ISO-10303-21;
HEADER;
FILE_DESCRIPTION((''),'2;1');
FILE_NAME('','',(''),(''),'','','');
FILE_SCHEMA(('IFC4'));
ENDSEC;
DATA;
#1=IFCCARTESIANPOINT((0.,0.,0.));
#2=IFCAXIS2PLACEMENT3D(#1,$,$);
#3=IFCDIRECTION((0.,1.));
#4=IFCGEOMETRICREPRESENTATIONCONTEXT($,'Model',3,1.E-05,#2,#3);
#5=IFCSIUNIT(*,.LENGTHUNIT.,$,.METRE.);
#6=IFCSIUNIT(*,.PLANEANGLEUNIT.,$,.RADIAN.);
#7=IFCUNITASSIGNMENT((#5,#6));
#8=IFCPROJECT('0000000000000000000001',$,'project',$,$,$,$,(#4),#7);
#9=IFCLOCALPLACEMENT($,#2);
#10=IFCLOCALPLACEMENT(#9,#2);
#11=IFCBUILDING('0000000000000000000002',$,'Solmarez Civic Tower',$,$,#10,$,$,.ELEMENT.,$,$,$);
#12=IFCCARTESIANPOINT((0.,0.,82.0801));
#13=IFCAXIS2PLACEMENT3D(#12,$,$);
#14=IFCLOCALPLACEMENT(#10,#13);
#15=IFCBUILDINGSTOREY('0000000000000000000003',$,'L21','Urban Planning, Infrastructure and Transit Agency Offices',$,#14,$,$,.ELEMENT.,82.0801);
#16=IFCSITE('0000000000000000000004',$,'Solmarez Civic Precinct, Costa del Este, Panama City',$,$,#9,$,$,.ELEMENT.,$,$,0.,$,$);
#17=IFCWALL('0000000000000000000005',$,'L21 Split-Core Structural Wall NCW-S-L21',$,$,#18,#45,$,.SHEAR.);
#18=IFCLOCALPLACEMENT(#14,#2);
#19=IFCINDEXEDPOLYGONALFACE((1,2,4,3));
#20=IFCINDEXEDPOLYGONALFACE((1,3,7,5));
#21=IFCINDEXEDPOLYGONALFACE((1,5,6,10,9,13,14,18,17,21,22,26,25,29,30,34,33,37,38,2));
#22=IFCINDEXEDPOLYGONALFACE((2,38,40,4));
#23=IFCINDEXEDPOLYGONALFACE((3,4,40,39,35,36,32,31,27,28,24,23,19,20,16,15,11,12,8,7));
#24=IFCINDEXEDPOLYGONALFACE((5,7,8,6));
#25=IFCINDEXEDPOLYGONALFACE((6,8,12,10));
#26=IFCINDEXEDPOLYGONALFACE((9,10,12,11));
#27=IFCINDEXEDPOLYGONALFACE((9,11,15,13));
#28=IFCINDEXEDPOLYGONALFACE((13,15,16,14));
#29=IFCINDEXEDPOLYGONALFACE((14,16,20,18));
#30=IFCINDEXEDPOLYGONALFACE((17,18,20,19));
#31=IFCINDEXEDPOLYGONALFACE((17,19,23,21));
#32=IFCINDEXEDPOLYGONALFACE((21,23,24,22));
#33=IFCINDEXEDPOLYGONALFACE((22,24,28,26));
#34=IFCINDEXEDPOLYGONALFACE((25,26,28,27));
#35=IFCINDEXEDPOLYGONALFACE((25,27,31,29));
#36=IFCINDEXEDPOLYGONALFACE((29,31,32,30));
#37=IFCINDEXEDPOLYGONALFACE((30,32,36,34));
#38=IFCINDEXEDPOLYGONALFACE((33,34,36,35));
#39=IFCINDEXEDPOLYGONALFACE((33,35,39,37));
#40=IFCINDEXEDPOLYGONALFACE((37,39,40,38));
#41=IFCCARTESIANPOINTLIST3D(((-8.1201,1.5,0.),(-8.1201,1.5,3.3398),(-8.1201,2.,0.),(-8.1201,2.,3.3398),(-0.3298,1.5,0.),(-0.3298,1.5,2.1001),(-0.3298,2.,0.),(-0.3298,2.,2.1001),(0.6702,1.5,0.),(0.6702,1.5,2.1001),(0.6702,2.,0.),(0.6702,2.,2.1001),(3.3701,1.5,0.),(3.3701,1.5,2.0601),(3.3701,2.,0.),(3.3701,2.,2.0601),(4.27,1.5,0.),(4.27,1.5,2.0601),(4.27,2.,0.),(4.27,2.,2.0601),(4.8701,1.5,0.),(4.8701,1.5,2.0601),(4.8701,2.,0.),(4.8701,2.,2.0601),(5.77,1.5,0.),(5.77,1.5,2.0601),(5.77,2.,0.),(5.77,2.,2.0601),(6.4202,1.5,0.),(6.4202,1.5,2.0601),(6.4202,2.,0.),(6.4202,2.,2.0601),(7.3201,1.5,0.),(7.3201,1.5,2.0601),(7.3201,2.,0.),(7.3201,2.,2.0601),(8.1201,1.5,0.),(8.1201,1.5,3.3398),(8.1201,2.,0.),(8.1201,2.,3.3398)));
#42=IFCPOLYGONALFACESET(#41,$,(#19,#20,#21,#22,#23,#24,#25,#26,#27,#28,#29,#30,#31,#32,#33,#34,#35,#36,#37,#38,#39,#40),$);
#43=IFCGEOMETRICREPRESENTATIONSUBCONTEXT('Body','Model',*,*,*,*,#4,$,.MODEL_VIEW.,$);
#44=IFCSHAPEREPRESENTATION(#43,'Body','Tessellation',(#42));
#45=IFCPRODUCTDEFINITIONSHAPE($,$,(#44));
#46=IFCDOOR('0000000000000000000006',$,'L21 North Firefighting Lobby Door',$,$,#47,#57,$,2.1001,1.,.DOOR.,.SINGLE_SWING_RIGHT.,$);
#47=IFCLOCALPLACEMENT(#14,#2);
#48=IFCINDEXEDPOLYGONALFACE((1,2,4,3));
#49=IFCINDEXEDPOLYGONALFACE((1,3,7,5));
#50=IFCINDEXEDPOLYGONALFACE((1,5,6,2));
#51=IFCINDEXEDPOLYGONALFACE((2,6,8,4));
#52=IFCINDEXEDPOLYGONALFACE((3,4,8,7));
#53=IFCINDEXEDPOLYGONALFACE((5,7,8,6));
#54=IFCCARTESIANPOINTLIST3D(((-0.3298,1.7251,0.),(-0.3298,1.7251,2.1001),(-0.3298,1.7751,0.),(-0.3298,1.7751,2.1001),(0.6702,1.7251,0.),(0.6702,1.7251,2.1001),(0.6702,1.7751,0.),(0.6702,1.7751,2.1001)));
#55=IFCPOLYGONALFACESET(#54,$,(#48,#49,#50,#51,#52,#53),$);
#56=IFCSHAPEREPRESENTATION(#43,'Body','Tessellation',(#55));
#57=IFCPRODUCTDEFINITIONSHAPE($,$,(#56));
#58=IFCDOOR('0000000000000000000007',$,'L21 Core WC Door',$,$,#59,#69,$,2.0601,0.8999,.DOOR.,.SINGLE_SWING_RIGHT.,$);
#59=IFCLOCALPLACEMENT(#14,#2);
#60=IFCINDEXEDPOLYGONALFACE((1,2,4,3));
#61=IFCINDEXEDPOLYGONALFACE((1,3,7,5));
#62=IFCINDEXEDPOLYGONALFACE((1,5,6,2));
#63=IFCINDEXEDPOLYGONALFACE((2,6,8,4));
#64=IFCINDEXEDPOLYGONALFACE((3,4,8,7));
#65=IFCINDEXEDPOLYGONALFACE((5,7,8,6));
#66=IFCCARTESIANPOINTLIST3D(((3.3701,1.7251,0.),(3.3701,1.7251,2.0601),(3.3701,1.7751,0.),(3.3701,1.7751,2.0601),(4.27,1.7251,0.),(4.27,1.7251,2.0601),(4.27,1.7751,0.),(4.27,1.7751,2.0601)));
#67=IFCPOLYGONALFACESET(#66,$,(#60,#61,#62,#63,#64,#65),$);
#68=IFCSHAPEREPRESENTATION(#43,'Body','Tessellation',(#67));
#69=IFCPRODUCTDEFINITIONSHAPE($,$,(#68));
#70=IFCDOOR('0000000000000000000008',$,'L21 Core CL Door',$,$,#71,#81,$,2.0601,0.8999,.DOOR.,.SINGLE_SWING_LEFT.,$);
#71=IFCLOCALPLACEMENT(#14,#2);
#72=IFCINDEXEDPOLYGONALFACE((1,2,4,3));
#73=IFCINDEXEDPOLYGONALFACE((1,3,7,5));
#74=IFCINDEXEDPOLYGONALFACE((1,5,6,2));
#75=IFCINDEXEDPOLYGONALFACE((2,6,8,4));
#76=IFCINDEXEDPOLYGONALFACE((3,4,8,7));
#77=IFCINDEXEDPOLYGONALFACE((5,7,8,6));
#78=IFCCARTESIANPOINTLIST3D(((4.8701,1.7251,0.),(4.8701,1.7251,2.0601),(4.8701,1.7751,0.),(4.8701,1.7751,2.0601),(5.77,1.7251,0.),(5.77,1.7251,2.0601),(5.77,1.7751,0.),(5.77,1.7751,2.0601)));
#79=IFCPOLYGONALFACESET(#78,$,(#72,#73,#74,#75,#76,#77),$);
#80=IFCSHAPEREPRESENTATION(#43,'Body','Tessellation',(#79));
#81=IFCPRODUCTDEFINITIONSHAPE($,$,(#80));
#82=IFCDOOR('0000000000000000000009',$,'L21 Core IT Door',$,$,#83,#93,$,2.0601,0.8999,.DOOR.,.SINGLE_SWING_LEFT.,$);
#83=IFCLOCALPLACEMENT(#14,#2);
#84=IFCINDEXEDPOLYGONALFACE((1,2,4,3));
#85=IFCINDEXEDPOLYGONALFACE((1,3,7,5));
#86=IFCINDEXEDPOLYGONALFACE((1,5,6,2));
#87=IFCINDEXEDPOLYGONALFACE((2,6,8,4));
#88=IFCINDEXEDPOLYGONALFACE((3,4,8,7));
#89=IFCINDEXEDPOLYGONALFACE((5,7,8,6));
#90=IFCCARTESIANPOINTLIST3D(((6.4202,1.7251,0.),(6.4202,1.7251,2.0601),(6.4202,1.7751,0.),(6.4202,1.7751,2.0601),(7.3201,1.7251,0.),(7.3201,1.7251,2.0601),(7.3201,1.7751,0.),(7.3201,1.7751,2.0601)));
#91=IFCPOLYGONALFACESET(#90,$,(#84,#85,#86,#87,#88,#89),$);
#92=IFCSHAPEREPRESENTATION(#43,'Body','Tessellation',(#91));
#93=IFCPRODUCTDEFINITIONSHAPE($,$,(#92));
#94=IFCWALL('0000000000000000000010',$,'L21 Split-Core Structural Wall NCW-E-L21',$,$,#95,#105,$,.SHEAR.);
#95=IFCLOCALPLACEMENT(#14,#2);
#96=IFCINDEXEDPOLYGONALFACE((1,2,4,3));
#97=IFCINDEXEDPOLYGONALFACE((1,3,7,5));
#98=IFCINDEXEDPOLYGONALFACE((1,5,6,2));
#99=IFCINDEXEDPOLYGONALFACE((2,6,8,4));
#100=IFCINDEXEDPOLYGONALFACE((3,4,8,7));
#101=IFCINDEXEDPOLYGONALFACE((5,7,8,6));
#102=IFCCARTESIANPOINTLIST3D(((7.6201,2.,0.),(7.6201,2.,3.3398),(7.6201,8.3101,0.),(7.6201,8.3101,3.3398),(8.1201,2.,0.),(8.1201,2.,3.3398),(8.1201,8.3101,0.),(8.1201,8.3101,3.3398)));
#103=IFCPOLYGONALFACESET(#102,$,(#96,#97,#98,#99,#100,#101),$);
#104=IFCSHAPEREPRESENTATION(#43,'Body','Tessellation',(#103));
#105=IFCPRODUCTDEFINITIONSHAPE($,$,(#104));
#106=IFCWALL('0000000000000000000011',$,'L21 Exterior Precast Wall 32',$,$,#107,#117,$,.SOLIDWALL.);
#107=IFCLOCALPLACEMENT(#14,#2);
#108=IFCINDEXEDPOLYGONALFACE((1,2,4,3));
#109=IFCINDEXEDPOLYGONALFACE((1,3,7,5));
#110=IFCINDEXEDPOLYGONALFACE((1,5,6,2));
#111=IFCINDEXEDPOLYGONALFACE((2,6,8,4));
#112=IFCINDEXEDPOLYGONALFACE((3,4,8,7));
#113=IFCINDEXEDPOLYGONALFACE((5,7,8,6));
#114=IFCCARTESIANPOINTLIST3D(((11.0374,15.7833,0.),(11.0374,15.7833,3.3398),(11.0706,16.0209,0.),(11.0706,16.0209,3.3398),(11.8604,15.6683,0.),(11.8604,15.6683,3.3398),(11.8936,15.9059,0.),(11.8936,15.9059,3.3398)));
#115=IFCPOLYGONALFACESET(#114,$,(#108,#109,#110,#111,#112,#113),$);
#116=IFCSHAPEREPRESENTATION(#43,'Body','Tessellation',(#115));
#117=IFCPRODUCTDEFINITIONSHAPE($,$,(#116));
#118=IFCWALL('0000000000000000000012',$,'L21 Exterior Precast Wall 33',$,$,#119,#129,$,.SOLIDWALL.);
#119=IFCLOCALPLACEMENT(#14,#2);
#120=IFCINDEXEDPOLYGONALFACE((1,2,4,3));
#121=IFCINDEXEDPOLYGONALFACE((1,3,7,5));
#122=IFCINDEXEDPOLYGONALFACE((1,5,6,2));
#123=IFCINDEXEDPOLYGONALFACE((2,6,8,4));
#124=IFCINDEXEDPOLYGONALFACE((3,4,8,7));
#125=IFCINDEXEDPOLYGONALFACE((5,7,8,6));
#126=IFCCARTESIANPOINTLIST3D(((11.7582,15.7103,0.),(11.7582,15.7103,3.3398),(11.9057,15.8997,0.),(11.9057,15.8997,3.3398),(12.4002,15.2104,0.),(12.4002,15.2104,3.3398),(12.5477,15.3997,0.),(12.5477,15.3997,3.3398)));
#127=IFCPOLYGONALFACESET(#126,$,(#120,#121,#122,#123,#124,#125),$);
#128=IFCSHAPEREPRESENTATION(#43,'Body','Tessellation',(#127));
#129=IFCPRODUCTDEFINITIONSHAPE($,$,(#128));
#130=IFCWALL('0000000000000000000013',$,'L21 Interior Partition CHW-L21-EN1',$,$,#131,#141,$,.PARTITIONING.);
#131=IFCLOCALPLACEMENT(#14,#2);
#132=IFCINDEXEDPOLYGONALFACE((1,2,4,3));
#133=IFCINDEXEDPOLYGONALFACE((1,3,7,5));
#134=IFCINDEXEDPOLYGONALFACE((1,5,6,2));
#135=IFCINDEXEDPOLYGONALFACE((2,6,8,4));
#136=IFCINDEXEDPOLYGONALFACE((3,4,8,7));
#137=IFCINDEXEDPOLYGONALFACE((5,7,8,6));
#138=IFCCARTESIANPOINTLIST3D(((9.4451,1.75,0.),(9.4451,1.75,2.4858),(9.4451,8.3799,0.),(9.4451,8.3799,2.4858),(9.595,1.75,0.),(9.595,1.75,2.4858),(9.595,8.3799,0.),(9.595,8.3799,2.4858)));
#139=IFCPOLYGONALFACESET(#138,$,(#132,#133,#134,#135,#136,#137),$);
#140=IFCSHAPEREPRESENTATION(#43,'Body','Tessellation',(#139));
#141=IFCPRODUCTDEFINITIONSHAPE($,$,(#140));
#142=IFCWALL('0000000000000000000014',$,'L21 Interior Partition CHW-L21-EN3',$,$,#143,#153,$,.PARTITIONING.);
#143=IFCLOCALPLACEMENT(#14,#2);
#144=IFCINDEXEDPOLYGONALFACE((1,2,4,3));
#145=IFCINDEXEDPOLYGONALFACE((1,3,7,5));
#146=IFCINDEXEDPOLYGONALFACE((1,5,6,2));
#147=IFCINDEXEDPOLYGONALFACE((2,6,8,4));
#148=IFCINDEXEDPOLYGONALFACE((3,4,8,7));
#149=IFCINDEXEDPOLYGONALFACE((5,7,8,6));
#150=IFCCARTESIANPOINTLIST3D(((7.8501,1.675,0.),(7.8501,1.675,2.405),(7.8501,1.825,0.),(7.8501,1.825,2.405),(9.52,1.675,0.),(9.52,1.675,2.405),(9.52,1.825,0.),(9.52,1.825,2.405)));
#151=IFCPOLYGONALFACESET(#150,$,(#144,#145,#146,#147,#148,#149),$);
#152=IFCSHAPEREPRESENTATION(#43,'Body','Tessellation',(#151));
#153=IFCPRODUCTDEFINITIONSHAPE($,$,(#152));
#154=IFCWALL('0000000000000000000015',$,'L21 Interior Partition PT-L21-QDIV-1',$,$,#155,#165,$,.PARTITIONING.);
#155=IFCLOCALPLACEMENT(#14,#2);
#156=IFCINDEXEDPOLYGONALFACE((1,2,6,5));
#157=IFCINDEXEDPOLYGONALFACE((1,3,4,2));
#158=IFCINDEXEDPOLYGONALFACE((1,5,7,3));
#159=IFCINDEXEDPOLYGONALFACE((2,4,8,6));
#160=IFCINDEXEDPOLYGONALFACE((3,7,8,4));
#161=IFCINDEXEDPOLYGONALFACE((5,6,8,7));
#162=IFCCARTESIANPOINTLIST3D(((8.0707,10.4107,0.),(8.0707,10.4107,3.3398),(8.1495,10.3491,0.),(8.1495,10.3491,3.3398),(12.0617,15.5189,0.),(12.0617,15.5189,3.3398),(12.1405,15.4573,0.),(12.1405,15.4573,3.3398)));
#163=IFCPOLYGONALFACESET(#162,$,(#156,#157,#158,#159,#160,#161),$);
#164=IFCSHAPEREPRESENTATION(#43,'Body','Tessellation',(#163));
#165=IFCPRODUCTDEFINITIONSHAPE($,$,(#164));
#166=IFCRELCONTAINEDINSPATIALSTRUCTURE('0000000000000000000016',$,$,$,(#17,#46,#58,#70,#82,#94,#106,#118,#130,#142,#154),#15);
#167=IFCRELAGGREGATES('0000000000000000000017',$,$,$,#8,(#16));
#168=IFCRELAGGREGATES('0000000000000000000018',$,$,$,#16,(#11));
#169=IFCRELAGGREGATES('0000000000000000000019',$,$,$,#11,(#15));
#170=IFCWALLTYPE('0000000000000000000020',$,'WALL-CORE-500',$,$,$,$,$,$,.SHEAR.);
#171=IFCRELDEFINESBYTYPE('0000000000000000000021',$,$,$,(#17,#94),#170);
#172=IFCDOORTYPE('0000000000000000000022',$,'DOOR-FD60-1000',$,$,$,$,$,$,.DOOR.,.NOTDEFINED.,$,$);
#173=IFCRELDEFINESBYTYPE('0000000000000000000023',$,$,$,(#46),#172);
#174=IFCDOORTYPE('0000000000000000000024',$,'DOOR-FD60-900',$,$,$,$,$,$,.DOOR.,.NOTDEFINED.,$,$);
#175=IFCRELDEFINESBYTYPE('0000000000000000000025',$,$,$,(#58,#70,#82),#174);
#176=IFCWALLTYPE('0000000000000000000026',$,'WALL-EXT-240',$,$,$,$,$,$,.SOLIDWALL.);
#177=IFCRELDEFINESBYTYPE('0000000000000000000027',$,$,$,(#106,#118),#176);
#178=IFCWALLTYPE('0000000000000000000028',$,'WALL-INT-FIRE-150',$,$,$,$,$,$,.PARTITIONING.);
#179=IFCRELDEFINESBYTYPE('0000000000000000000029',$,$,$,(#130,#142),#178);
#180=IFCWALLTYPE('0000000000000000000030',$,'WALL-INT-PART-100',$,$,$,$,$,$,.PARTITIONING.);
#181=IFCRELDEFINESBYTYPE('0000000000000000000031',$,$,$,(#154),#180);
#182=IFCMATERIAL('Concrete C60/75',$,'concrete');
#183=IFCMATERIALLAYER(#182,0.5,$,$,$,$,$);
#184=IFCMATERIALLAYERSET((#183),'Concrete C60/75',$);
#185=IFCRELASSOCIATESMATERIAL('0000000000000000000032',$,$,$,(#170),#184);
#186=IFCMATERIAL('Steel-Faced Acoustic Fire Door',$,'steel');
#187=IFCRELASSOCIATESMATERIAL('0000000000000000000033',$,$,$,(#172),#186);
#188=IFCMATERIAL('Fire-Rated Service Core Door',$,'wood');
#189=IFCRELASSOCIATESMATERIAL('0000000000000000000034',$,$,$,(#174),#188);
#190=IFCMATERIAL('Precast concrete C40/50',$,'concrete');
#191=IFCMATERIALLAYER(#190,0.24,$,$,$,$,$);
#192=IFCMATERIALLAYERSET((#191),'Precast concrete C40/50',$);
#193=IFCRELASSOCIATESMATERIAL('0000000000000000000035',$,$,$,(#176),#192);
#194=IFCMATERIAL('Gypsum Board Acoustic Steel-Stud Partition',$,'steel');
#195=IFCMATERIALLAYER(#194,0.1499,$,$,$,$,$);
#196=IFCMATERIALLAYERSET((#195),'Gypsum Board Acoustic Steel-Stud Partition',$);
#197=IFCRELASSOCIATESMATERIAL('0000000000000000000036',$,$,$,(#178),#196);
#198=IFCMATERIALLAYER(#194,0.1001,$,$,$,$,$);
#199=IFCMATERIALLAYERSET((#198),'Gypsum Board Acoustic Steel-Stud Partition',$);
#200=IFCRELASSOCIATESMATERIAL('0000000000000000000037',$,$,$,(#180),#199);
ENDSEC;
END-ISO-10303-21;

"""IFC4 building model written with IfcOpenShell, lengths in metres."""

from ifc_helpers import new_model, si_unit, direction, frame, frame_2d, origin, place, context, subcontext, project, spatial, rectangle, extrude, material, layer, layer_set, type_object, element, fill, save


model = new_model("IFC4")

# Units and contexts
model_context = context("Model", 3, precision=1e-05, world=origin(), true_north=direction((0.0, 1.0)))
body_context = subcontext(model_context, "Body", "Model", "MODEL_VIEW")
ifc_project = project(units=[si_unit("LENGTHUNIT", "METRE"), si_unit("PLANEANGLEUNIT", "RADIAN")], contexts=[model_context])

# Site, building, storey
site_placement = place(None, origin())
site = spatial("IfcSite", under=ifc_project, at=site_placement, Name="Solmarez Civic Precinct, Costa del Este, Panama City", CompositionType="ELEMENT", RefElevation=0.0)
building_placement = place(site_placement, origin())
building = spatial("IfcBuilding", under=site, at=building_placement, Name="Solmarez Civic Tower", CompositionType="ELEMENT")
storey_placement = place(building_placement, frame((0.0, 0.0, 82.0801)))
storey = spatial("IfcBuildingStorey", under=building, at=storey_placement, Name="L21", Description="Urban Planning, Infrastructure and Transit Agency Offices", CompositionType="ELEMENT", Elevation=82.0801)

# Shared definitions
ifc_material_1 = material(Name="Concrete C60/75", Category="concrete")

# Wall, openings, doors
ifc_layer_1 = layer(ifc_material_1, 0.5)
ifc_layer_set_1 = layer_set([ifc_layer_1], Name="Concrete C60/75")
wall_type_1 = type_object("IfcWallType", Name="WALL-CORE-500", PredefinedType="SHEAR", material=ifc_layer_set_1)
wall_1_placement = place(storey_placement, frame((8.1201, 1.75, 0.0), z_axis=(0.0, 0.0, 1.0), x_axis=(-1.0, 0.0, 0.0)))
wall_1 = element("IfcWall", 1, at=wall_1_placement, inside=storey, type_object=wall_type_1, Name="L21 Split-Core Structural Wall NCW-S-L21", PredefinedType="SHEAR", context=body_context, shape_type="SweptSolid", body=[
    extrude(rectangle(XDim=16.2402, YDim=0.5, at=frame_2d((8.1201, 0.0))), origin(), (0.0, 0.0, 1.0), 3.3398),
])
opening_1_placement = place(wall_1_placement, frame((7.45, 0.0, 0.0)))
opening_1 = element("IfcOpeningElement", 2, at=opening_1_placement, cuts=wall_1, PredefinedType="OPENING", context=body_context, shape_type="SweptSolid", body=[
    extrude(rectangle(XDim=1.0, YDim=2.1001, at=frame_2d((0.5, 1.05))), frame((0.0, 0.26, 0.0), z_axis=(0.0, -1.0, 0.0), x_axis=(1.0, 0.0, 0.0)), (0.0, 0.0, 1.0), 0.52),
])
opening_2_placement = place(wall_1_placement, frame((3.8501, 0.0, 0.0)))
opening_2 = element("IfcOpeningElement", 3, at=opening_2_placement, cuts=wall_1, PredefinedType="OPENING", context=body_context, shape_type="SweptSolid", body=[
    extrude(rectangle(XDim=0.8999, YDim=2.0601, at=frame_2d((0.45, 1.03))), frame((0.0, 0.26, 0.0), z_axis=(0.0, -1.0, 0.0), x_axis=(1.0, 0.0, 0.0)), (0.0, 0.0, 1.0), 0.52),
])
opening_3_placement = place(wall_1_placement, frame((2.3501, 0.0, 0.0)))
opening_3 = element("IfcOpeningElement", 4, at=opening_3_placement, cuts=wall_1, PredefinedType="OPENING", context=body_context, shape_type="SweptSolid", body=[
    extrude(rectangle(XDim=0.8999, YDim=2.0601, at=frame_2d((0.45, 1.03))), frame((0.0, 0.26, 0.0), z_axis=(0.0, -1.0, 0.0), x_axis=(1.0, 0.0, 0.0)), (0.0, 0.0, 1.0), 0.52),
])
opening_4_placement = place(wall_1_placement, frame((0.8, 0.0, 0.0)))
opening_4 = element("IfcOpeningElement", 5, at=opening_4_placement, cuts=wall_1, PredefinedType="OPENING", context=body_context, shape_type="SweptSolid", body=[
    extrude(rectangle(XDim=0.8999, YDim=2.0601, at=frame_2d((0.45, 1.03))), frame((0.0, 0.26, 0.0), z_axis=(0.0, -1.0, 0.0), x_axis=(1.0, 0.0, 0.0)), (0.0, 0.0, 1.0), 0.52),
])
ifc_material_2 = material(Name="Steel-Faced Acoustic Fire Door", Category="steel")
door_type_1 = type_object("IfcDoorType", Name="DOOR-FD60-1000", OperationType="NOTDEFINED", PredefinedType="DOOR", material=ifc_material_2)
door_1_placement = place(opening_1_placement, origin())
door_1 = element("IfcDoor", 6, at=door_1_placement, inside=storey, type_object=door_type_1, Name="L21 North Firefighting Lobby Door", OperationType="SINGLE_SWING_RIGHT", OverallHeight=2.1001, OverallWidth=1.0, PredefinedType="DOOR", context=body_context, shape_type="SweptSolid", body=[
    extrude(rectangle(XDim=1.0, YDim=2.1001, at=frame_2d((0.5, 1.05))), frame((0.0, 0.0249, 0.0), z_axis=(0.0, -1.0, 0.0), x_axis=(1.0, 0.0, 0.0)), (0.0, 0.0, 1.0), 0.05),
])
fill(opening_1, door_1)
ifc_material_3 = material(Name="Fire-Rated Service Core Door", Category="wood")
door_type_2 = type_object("IfcDoorType", Name="DOOR-FD60-900", OperationType="NOTDEFINED", PredefinedType="DOOR", material=ifc_material_3)
door_2_placement = place(opening_2_placement, origin())
door_2 = element("IfcDoor", 7, at=door_2_placement, inside=storey, type_object=door_type_2, Name="L21 Core WC Door", OperationType="SINGLE_SWING_RIGHT", OverallHeight=2.0601, OverallWidth=0.8999, PredefinedType="DOOR", context=body_context, shape_type="SweptSolid", body=[
    extrude(rectangle(XDim=0.8999, YDim=2.0601, at=frame_2d((0.45, 1.03))), frame((0.0, 0.0249, 0.0), z_axis=(0.0, -1.0, 0.0), x_axis=(1.0, 0.0, 0.0)), (0.0, 0.0, 1.0), 0.05),
])
fill(opening_2, door_2)
door_3_placement = place(opening_3_placement, origin())
door_3 = element("IfcDoor", 8, at=door_3_placement, inside=storey, type_object=door_type_2, Name="L21 Core CL Door", OperationType="SINGLE_SWING_LEFT", OverallHeight=2.0601, OverallWidth=0.8999, PredefinedType="DOOR", context=body_context, shape_type="SweptSolid", body=[
    extrude(rectangle(XDim=0.8999, YDim=2.0601, at=frame_2d((0.45, 1.03))), frame((0.0, 0.0249, 0.0), z_axis=(0.0, -1.0, 0.0), x_axis=(1.0, 0.0, 0.0)), (0.0, 0.0, 1.0), 0.05),
])
fill(opening_3, door_3)
door_4_placement = place(opening_4_placement, origin())
door_4 = element("IfcDoor", 9, at=door_4_placement, inside=storey, type_object=door_type_2, Name="L21 Core IT Door", OperationType="SINGLE_SWING_LEFT", OverallHeight=2.0601, OverallWidth=0.8999, PredefinedType="DOOR", context=body_context, shape_type="SweptSolid", body=[
    extrude(rectangle(XDim=0.8999, YDim=2.0601, at=frame_2d((0.45, 1.03))), frame((0.0, 0.0249, 0.0), z_axis=(0.0, -1.0, 0.0), x_axis=(1.0, 0.0, 0.0)), (0.0, 0.0, 1.0), 0.05),
])
fill(opening_4, door_4)

# Walls
wall_2_placement = place(storey_placement, frame((7.8701, 8.3101, 0.0), z_axis=(0.0, 0.0, 1.0), x_axis=(0.0, -1.0, 0.0)))
element("IfcWall", 10, at=wall_2_placement, inside=storey, type_object=wall_type_1, Name="L21 Split-Core Structural Wall NCW-E-L21", PredefinedType="SHEAR", context=body_context, shape_type="SweptSolid", body=[
    extrude(rectangle(XDim=6.3101, YDim=0.5, at=frame_2d((3.155, 0.0))), origin(), (0.0, 0.0, 1.0), 3.3398),
])
ifc_material_4 = material(Name="Precast concrete C40/50", Category="concrete")
ifc_layer_2 = layer(ifc_material_4, 0.24)
ifc_layer_set_2 = layer_set([ifc_layer_2], Name="Precast concrete C40/50")
wall_type_2 = type_object("IfcWallType", Name="WALL-EXT-240", PredefinedType="SOLIDWALL", material=ifc_layer_set_2)
wall_3_placement = place(storey_placement, frame((11.054, 15.9021, 0.0), z_axis=(0.0, 0.0, 1.0), x_axis=(0.99038, -0.138377, 0.0)))
element("IfcWall", 11, at=wall_3_placement, inside=storey, type_object=wall_type_2, Name="L21 Exterior Precast Wall 32", PredefinedType="SOLIDWALL", context=body_context, shape_type="SweptSolid", body=[
    extrude(rectangle(XDim=0.8311, YDim=0.24, at=frame_2d((0.4155, 0.0))), origin(), (0.0, 0.0, 1.0), 3.3398),
])
wall_4_placement = place(storey_placement, frame((11.832, 15.8049, 0.0), z_axis=(0.0, 0.0, 1.0), x_axis=(0.788997, -0.614397, 0.0)))
element("IfcWall", 12, at=wall_4_placement, inside=storey, type_object=wall_type_2, Name="L21 Exterior Precast Wall 33", PredefinedType="SOLIDWALL", context=body_context, shape_type="SweptSolid", body=[
    extrude(rectangle(XDim=0.8137, YDim=0.24, at=frame_2d((0.4067, 0.0))), origin(), (0.0, 0.0, 1.0), 3.3398),
])
ifc_material_5 = material(Name="Gypsum Board Acoustic Steel-Stud Partition", Category="steel")
ifc_layer_3 = layer(ifc_material_5, 0.1499)
ifc_layer_set_3 = layer_set([ifc_layer_3], Name="Gypsum Board Acoustic Steel-Stud Partition")
wall_type_3 = type_object("IfcWallType", Name="WALL-INT-FIRE-150", PredefinedType="PARTITIONING", material=ifc_layer_set_3)
wall_5_placement = place(storey_placement, frame((9.52, 1.75, 0.0), z_axis=(0.0, 0.0, 1.0), x_axis=(0.0, 1.0, 0.0)))
element("IfcWall", 13, at=wall_5_placement, inside=storey, type_object=wall_type_3, Name="L21 Interior Partition CHW-L21-EN1", PredefinedType="PARTITIONING", context=body_context, shape_type="SweptSolid", body=[
    extrude(rectangle(XDim=6.6299, YDim=0.1499, at=frame_2d((3.3149, 0.0))), origin(), (0.0, 0.0, 1.0), 2.4858),
])
wall_6_placement = place(storey_placement, frame((7.8501, 1.75, 0.0), z_axis=(0.0, 0.0, 1.0), x_axis=(1.0, 0.0, 0.0)))
element("IfcWall", 14, at=wall_6_placement, inside=storey, type_object=wall_type_3, Name="L21 Interior Partition CHW-L21-EN3", PredefinedType="PARTITIONING", context=body_context, shape_type="SweptSolid", body=[
    extrude(rectangle(XDim=1.6699, YDim=0.1499, at=frame_2d((0.835, 0.0))), origin(), (0.0, 0.0, 1.0), 2.405),
])
ifc_layer_4 = layer(ifc_material_5, 0.1001)
ifc_layer_set_4 = layer_set([ifc_layer_4], Name="Gypsum Board Acoustic Steel-Stud Partition")
wall_type_4 = type_object("IfcWallType", Name="WALL-INT-PART-100", PredefinedType="PARTITIONING", material=ifc_layer_set_4)
wall_7_placement = place(storey_placement, frame((8.1101, 10.3799, 0.0), z_axis=(0.0, 0.0, 1.0), x_axis=(0.615665, 0.788008, 0.0)))
element("IfcWall", 15, at=wall_7_placement, inside=storey, type_object=wall_type_4, Name="L21 Interior Partition PT-L21-QDIV-1", PredefinedType="PARTITIONING", context=body_context, shape_type="SweptSolid", body=[
    extrude(rectangle(XDim=6.4824, YDim=0.1001, at=frame_2d((3.2412, 0.0))), origin(), (0.0, 0.0, 1.0), 3.3398),
])

save(model, "model.ifc")
